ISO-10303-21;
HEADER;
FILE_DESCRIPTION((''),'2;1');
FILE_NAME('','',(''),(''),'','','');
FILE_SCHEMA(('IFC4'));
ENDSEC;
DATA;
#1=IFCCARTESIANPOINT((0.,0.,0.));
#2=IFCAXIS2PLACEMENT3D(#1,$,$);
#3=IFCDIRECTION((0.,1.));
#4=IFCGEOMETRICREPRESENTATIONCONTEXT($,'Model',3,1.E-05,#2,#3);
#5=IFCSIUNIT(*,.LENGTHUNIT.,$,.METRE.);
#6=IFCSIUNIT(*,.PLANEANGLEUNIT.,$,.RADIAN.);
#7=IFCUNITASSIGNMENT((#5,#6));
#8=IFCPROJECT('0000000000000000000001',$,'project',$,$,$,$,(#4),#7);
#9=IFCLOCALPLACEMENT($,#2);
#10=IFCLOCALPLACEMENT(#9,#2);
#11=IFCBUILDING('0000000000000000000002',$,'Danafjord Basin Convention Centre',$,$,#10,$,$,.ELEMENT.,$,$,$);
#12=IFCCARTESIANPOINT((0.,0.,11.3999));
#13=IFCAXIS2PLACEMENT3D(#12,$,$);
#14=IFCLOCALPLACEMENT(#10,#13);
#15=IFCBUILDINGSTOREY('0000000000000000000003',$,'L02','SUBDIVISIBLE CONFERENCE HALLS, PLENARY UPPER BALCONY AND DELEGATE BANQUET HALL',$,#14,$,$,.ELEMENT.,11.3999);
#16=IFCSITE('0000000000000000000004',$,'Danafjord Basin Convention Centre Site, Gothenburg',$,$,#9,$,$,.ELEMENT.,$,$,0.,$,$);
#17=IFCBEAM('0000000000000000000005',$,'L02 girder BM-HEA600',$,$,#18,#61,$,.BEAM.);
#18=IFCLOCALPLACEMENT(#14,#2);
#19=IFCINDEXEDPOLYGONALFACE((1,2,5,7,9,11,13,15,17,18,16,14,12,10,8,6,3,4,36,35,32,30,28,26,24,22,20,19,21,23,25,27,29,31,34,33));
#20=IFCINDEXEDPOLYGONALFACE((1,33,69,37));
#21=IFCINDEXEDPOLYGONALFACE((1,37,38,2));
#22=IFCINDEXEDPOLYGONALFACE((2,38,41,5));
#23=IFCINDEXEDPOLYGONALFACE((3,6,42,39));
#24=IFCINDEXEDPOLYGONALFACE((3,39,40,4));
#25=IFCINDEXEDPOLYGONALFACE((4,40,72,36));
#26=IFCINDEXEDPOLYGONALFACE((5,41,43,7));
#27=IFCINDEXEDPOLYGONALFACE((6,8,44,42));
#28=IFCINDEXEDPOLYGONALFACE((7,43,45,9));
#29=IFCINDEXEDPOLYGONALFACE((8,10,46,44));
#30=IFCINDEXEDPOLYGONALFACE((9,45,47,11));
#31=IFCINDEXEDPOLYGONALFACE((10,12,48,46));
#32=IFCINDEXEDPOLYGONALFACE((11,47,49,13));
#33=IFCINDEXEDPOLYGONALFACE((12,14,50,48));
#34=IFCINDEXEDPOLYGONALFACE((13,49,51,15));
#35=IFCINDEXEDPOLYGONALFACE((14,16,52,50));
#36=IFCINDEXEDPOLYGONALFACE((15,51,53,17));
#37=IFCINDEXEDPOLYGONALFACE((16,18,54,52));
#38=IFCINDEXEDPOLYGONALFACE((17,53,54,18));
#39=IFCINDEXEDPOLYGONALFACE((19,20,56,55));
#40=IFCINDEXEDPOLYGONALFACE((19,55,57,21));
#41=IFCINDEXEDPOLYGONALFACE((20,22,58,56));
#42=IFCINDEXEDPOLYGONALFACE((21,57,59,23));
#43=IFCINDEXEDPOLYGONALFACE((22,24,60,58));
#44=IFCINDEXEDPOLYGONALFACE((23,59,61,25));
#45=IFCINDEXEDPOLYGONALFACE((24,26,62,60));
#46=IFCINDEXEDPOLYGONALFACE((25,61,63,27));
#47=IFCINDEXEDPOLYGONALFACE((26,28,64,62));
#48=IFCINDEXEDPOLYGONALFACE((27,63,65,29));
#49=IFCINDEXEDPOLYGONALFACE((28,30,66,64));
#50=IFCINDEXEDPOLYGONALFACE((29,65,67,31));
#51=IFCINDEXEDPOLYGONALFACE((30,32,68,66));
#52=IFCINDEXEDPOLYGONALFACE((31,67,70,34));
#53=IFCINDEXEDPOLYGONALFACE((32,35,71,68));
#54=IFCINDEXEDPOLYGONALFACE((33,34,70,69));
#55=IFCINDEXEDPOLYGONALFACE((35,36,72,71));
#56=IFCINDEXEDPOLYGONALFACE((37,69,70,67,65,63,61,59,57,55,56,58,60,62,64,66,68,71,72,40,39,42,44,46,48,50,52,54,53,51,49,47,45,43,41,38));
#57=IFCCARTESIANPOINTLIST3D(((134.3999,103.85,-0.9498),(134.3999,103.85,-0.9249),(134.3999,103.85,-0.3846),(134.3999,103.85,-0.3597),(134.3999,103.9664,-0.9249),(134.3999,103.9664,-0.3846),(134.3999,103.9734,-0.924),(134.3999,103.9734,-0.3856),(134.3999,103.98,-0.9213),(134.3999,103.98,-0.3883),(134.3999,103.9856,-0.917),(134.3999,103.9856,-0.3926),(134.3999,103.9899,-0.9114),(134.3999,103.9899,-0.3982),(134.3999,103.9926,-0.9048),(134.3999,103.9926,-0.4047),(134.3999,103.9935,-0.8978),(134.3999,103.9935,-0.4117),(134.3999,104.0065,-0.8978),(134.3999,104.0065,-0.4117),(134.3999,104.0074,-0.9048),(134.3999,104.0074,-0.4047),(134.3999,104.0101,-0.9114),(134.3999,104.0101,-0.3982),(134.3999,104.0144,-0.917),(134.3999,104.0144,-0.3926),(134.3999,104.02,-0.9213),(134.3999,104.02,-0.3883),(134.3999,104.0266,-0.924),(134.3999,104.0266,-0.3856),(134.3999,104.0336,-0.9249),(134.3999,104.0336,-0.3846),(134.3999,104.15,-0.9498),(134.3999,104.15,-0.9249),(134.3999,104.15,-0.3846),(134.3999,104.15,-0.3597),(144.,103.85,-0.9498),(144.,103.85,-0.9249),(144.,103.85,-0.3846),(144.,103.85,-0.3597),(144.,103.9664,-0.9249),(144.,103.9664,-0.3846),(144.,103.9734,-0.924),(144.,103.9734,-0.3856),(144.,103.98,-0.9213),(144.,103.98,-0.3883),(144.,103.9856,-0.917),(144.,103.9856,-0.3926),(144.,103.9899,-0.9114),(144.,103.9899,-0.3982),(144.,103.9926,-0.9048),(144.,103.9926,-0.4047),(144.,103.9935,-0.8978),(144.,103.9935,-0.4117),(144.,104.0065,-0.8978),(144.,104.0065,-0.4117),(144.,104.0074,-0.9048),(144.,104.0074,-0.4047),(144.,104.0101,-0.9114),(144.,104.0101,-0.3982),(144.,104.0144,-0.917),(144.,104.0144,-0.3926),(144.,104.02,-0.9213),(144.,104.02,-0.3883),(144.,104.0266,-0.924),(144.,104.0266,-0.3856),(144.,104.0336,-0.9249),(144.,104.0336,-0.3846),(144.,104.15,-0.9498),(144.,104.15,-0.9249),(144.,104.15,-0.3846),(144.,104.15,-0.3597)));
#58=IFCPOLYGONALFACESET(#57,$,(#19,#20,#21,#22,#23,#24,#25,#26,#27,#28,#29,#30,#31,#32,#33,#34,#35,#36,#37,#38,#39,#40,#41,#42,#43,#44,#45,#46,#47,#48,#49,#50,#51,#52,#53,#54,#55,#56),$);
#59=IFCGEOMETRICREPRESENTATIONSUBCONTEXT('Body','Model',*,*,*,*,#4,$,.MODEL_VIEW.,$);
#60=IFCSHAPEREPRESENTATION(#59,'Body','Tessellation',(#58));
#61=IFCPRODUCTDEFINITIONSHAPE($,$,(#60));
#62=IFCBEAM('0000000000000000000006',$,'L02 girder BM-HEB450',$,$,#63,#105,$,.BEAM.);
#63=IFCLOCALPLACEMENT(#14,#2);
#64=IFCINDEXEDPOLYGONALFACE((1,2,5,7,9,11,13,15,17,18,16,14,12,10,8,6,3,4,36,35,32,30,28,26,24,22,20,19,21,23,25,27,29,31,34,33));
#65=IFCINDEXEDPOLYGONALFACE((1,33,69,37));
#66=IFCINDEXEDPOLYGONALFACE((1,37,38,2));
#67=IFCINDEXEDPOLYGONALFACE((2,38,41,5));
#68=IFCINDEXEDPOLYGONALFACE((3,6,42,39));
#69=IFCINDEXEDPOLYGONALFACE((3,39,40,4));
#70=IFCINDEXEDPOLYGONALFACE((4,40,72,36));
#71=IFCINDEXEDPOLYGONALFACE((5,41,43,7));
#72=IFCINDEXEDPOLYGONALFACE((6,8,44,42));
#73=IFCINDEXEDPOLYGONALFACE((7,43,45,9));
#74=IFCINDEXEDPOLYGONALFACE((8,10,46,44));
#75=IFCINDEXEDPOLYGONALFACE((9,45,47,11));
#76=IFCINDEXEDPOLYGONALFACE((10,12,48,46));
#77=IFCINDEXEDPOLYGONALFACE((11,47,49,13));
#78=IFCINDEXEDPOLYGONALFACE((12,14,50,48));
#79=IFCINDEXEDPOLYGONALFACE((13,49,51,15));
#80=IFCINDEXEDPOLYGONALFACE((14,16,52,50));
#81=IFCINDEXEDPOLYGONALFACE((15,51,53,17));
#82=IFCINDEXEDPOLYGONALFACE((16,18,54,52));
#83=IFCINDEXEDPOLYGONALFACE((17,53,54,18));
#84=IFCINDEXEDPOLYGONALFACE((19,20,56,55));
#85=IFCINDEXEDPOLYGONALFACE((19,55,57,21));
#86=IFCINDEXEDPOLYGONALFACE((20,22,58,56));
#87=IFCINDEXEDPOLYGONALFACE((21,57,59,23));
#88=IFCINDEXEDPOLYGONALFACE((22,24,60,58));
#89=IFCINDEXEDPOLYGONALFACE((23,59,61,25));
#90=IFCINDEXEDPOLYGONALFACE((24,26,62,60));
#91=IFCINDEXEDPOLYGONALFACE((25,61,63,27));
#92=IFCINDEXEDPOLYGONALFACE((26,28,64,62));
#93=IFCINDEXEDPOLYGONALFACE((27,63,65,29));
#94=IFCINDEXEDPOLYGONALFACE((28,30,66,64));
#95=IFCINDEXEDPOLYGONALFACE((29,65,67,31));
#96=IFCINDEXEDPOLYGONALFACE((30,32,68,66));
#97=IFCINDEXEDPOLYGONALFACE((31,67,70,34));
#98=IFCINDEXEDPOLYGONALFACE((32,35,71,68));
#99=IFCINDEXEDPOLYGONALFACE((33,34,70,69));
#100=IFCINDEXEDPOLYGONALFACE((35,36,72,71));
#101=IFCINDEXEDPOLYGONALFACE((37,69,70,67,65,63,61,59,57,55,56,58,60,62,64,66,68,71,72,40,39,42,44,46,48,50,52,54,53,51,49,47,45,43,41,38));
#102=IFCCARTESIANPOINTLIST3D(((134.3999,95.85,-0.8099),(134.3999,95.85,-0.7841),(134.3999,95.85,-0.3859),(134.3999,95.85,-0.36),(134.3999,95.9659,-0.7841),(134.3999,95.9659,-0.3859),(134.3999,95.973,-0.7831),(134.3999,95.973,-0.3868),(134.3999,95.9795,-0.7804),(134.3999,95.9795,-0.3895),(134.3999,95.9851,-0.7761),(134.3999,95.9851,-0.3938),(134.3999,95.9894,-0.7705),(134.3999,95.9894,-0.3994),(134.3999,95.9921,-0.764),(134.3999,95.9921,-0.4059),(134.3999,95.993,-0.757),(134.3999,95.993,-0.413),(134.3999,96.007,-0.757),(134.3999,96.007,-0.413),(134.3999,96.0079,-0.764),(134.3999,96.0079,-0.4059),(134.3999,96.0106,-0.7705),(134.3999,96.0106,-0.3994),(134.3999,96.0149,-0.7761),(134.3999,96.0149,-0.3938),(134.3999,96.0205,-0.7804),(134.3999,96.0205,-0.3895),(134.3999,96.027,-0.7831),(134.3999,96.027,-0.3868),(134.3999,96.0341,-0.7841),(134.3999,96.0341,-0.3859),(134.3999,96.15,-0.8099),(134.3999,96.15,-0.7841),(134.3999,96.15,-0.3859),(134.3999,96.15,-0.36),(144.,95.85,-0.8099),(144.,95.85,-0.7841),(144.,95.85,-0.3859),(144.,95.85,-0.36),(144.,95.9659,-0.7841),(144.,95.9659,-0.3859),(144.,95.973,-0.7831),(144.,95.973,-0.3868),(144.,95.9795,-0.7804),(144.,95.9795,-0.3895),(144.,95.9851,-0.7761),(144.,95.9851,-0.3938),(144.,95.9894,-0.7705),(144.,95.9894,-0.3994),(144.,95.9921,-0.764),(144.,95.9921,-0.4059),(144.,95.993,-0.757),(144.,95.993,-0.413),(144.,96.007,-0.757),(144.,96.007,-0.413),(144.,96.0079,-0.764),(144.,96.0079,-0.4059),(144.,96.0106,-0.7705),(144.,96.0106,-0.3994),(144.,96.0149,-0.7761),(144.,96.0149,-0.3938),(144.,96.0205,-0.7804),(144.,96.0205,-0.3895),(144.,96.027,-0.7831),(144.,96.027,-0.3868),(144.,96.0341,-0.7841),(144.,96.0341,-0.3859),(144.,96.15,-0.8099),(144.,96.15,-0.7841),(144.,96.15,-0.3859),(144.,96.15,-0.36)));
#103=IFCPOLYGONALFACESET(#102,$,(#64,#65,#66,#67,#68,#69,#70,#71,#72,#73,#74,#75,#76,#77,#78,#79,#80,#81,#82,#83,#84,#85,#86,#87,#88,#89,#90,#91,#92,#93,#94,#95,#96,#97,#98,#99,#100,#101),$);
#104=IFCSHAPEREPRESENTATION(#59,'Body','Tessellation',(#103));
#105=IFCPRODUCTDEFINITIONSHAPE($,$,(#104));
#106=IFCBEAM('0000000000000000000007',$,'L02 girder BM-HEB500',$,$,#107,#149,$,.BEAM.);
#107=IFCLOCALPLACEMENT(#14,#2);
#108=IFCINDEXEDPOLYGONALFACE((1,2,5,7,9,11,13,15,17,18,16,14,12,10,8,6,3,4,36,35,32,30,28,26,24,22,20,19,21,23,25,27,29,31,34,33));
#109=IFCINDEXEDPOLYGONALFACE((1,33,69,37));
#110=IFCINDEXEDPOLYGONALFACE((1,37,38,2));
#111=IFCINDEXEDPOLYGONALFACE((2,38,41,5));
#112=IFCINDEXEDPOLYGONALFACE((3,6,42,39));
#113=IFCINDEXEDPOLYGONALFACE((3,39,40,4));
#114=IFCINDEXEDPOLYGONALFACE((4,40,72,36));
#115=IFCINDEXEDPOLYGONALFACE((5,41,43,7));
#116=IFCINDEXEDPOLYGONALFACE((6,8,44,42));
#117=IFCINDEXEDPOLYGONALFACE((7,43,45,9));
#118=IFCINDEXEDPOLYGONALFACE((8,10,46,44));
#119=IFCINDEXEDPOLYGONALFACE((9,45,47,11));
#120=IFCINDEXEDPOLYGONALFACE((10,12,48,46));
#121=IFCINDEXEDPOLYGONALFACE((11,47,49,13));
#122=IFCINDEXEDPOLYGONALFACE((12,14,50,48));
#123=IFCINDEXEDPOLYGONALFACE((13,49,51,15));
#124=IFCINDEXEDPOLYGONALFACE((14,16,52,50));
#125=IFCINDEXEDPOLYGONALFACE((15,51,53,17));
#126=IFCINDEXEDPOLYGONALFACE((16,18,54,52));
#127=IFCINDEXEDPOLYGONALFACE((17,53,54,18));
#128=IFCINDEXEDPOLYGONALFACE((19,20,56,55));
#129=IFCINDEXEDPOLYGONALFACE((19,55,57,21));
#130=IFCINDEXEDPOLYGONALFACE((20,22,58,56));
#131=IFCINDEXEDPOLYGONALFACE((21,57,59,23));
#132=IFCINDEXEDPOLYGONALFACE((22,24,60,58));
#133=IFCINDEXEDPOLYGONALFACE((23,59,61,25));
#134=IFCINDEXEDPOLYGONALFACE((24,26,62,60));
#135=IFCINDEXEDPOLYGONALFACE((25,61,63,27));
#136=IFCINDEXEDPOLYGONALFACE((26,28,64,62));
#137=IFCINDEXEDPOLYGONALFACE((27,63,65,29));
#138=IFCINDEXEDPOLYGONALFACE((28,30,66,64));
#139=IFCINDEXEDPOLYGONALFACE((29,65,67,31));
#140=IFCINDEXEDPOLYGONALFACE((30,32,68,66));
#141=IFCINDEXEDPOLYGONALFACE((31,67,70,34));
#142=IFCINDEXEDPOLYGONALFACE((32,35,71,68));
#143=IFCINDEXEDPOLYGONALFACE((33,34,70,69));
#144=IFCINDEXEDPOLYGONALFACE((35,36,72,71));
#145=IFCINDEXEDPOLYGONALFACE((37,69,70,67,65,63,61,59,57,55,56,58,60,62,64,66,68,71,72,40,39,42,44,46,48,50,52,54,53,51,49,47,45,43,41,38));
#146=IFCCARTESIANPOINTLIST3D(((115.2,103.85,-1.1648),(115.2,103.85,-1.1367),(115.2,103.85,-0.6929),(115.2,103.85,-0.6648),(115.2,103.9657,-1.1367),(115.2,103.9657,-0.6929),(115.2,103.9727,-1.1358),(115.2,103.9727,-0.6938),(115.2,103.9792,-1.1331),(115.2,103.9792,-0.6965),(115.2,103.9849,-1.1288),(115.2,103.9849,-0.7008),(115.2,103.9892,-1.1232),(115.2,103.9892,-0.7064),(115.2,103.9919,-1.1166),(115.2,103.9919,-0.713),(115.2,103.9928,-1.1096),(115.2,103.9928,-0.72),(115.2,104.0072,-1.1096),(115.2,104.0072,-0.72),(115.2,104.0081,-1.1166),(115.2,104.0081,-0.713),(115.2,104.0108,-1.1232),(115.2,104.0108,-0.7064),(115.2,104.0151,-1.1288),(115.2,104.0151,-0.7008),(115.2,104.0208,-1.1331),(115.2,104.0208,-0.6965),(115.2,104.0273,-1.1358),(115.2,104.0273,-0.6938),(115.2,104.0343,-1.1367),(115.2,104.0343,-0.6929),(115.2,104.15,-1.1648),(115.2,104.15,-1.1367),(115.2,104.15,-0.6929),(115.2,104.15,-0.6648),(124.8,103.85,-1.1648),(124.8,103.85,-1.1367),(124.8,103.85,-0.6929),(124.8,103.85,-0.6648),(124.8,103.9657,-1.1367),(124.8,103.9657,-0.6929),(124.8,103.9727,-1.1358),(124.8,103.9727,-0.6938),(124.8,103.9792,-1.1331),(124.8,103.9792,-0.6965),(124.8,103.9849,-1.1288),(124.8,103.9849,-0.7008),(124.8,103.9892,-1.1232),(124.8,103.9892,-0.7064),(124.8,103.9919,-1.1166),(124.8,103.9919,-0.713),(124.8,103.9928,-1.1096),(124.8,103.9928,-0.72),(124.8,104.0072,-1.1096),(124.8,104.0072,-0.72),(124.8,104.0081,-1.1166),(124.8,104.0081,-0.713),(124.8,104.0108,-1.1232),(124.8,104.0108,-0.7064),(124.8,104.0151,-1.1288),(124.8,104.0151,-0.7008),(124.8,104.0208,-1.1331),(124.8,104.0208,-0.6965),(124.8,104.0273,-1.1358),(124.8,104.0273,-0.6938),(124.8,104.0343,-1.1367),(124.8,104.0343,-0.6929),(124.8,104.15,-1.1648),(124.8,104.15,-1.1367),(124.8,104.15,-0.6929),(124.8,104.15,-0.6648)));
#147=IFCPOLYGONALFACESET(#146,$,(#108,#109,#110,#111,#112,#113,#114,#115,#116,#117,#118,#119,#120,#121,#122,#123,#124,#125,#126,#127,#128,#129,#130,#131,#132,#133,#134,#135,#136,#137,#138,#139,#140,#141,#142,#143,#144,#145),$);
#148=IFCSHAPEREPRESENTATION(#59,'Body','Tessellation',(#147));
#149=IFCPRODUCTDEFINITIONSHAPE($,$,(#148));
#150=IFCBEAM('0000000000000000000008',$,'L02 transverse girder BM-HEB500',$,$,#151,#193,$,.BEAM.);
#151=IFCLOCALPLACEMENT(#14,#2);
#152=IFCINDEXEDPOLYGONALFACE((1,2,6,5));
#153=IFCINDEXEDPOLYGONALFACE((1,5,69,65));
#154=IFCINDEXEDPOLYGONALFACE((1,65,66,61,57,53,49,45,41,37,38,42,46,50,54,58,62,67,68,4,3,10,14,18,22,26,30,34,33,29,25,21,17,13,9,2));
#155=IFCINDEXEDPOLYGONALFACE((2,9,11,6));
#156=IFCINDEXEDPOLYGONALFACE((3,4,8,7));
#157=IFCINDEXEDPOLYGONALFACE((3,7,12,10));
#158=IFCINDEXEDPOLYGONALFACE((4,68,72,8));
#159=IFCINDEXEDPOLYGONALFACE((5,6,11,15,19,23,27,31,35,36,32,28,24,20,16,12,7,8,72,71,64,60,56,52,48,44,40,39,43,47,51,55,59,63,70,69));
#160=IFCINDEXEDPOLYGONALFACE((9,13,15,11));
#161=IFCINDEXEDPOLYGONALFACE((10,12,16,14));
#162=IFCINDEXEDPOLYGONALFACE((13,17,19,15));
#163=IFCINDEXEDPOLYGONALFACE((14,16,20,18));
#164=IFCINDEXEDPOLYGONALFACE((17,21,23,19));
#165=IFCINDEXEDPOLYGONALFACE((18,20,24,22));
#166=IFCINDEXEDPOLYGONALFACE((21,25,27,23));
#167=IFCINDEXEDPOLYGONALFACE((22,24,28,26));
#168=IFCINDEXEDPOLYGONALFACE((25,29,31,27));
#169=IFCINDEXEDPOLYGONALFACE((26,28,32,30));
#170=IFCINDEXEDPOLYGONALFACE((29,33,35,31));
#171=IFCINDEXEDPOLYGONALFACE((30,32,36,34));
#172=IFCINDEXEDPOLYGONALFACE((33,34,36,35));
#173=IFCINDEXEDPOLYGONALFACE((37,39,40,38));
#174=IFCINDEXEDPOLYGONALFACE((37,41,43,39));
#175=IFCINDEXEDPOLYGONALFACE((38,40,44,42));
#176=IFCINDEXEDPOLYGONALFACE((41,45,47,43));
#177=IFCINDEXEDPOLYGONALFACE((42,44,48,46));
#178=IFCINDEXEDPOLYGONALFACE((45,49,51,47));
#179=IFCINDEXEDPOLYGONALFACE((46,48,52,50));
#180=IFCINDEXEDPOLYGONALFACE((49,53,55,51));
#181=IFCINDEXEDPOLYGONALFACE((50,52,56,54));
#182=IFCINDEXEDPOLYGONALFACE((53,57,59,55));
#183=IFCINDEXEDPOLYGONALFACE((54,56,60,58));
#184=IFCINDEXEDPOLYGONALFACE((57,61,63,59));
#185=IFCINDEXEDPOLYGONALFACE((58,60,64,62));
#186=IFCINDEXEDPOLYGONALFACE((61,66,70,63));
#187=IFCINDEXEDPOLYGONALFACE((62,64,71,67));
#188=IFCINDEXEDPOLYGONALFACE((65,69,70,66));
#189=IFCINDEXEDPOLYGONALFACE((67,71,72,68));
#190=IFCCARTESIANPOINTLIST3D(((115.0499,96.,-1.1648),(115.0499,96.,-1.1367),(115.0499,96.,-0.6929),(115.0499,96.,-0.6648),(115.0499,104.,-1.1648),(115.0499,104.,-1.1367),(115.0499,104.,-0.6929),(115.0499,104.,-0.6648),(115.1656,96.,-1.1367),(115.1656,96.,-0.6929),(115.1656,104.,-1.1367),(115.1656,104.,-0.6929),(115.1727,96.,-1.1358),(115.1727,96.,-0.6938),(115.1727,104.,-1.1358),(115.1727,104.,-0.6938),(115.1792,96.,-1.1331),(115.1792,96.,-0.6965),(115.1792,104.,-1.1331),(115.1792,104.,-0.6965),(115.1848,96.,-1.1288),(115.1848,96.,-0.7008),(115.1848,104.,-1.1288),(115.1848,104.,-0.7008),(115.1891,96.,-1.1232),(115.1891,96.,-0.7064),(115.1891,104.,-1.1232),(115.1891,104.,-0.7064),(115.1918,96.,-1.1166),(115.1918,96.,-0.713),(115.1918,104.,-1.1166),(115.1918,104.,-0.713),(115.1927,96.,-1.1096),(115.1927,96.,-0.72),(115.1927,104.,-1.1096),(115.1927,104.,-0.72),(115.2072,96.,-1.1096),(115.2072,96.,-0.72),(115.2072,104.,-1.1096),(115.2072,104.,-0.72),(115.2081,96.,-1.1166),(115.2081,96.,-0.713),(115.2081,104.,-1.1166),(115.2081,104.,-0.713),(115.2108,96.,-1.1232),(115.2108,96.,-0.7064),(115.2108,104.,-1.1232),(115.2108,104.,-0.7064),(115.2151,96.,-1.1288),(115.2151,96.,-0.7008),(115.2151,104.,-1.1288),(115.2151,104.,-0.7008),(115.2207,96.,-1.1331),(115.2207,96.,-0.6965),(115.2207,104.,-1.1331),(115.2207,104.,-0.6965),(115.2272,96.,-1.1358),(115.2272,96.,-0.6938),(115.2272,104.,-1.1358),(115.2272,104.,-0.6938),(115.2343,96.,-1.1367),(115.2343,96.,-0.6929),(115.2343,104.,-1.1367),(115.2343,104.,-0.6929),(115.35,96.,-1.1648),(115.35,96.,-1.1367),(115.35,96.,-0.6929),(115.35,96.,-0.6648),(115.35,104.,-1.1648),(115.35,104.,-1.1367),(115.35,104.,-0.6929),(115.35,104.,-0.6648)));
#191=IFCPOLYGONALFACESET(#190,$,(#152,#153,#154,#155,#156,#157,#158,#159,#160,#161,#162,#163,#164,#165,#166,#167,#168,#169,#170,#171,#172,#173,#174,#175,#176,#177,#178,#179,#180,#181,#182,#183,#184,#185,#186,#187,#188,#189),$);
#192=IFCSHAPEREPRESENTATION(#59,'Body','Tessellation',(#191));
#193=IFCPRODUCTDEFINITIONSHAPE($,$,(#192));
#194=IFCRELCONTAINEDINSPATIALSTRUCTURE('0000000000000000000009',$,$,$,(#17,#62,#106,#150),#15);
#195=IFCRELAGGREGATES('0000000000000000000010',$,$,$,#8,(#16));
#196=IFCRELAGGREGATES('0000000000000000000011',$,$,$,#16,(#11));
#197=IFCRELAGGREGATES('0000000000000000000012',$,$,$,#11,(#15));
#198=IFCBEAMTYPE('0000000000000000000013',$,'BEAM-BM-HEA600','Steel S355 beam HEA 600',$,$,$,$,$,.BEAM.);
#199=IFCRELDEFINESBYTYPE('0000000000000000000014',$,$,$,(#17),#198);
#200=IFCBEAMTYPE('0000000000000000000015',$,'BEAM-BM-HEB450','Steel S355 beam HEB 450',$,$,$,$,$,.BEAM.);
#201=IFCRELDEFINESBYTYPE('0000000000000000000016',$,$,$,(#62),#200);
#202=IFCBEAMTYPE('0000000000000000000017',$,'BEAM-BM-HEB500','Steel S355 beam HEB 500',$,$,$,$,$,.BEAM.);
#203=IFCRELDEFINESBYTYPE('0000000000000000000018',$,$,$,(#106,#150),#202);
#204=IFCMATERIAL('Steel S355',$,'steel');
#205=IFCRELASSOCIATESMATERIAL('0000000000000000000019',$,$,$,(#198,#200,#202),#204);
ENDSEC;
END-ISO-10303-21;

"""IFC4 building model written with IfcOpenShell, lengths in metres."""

from ifc_helpers import new_model, si_unit, direction, frame, origin, origin_2d, place, context, subcontext, project, spatial, i_section, extrude, material, material_profile, profile_set, type_object, element, save


model = new_model("IFC4")

# Units and contexts
model_context = context("Model", 3, precision=1e-05, world=origin(), true_north=direction((0.0, 1.0)))
body_context = subcontext(model_context, "Body", "Model", "MODEL_VIEW")
ifc_project = project(units=[si_unit("LENGTHUNIT", "METRE"), si_unit("PLANEANGLEUNIT", "RADIAN")], contexts=[model_context])

# Site, building, storey
site_placement = place(None, origin())
site = spatial("IfcSite", under=ifc_project, at=site_placement, Name="Danafjord Basin Convention Centre Site, Gothenburg", CompositionType="ELEMENT", RefElevation=0.0)
building_placement = place(site_placement, origin())
building = spatial("IfcBuilding", under=site, at=building_placement, Name="Danafjord Basin Convention Centre", CompositionType="ELEMENT")
storey_placement = place(building_placement, frame((0.0, 0.0, 11.3999)))
storey = spatial("IfcBuildingStorey", under=building, at=storey_placement, Name="L02", Description="SUBDIVISIBLE CONFERENCE HALLS, PLENARY UPPER BALCONY AND DELEGATE BANQUET HALL", CompositionType="ELEMENT", Elevation=11.3999)

# Shared definitions
ifc_material_1 = material(Name="Steel S355", Category="steel")

# Beams
ifc_material_profile_1 = material_profile(ifc_material_1, i_section(OverallWidth=0.3, OverallDepth=0.5901, WebThickness=0.0129, FlangeThickness=0.0249, FilletRadius=0.0271, at=origin_2d()), Name="HEA 600")
ifc_profile_set_1 = profile_set([ifc_material_profile_1], Name="Steel S355")
beam_type_1 = type_object("IfcBeamType", Name="BEAM-BM-HEA600", Description="Steel S355 beam HEA 600", PredefinedType="BEAM", material=ifc_profile_set_1)
beam_1_placement = place(storey_placement, frame((134.3999, 104.0, -0.6548), z_axis=(1.0, 0.0, 0.0), x_axis=(0.0, 1.0, 0.0)))
element("IfcBeam", 1, at=beam_1_placement, inside=storey, type_object=beam_type_1, Name="L02 girder BM-HEA600", PredefinedType="BEAM", context=body_context, shape_type="SweptSolid", body=[
    extrude(i_section(OverallWidth=0.3, OverallDepth=0.5901, WebThickness=0.0129, FlangeThickness=0.0249, FilletRadius=0.0271, at=origin_2d()), origin(), (0.0, 0.0, 1.0), 9.6001),
])
ifc_material_profile_2 = material_profile(ifc_material_1, i_section(OverallWidth=0.3, OverallDepth=0.45, WebThickness=0.0139, FlangeThickness=0.0259, FilletRadius=0.0271, at=origin_2d()), Name="HEB 450")
ifc_profile_set_2 = profile_set([ifc_material_profile_2], Name="Steel S355")
beam_type_2 = type_object("IfcBeamType", Name="BEAM-BM-HEB450", Description="Steel S355 beam HEB 450", PredefinedType="BEAM", material=ifc_profile_set_2)
beam_2_placement = place(storey_placement, frame((134.3999, 96.0, -0.585), z_axis=(1.0, 0.0, 0.0), x_axis=(0.0, 1.0, 0.0)))
element("IfcBeam", 2, at=beam_2_placement, inside=storey, type_object=beam_type_2, Name="L02 girder BM-HEB450", PredefinedType="BEAM", context=body_context, shape_type="SweptSolid", body=[
    extrude(i_section(OverallWidth=0.3, OverallDepth=0.45, WebThickness=0.0139, FlangeThickness=0.0259, FilletRadius=0.0271, at=origin_2d()), origin(), (0.0, 0.0, 1.0), 9.6001),
])
ifc_material_profile_3 = material_profile(ifc_material_1, i_section(OverallWidth=0.3, OverallDepth=0.5, WebThickness=0.0144, FlangeThickness=0.0281, FilletRadius=0.0271, at=origin_2d()), Name="HEB 500")
ifc_profile_set_3 = profile_set([ifc_material_profile_3], Name="Steel S355")
beam_type_3 = type_object("IfcBeamType", Name="BEAM-BM-HEB500", Description="Steel S355 beam HEB 500", PredefinedType="BEAM", material=ifc_profile_set_3)
beam_3_placement = place(storey_placement, frame((115.2, 104.0, -0.9148), z_axis=(1.0, 0.0, 0.0), x_axis=(0.0, 1.0, 0.0)))
element("IfcBeam", 3, at=beam_3_placement, inside=storey, type_object=beam_type_3, Name="L02 girder BM-HEB500", PredefinedType="BEAM", context=body_context, shape_type="SweptSolid", body=[
    extrude(i_section(OverallWidth=0.3, OverallDepth=0.5, WebThickness=0.0144, FlangeThickness=0.0281, FilletRadius=0.0271, at=origin_2d()), origin(), (0.0, 0.0, 1.0), 9.6001),
])
beam_4_placement = place(storey_placement, frame((115.2, 96.0, -0.9148), z_axis=(0.0, 1.0, 0.0), x_axis=(-1.0, 0.0, 0.0)))
element("IfcBeam", 4, at=beam_4_placement, inside=storey, type_object=beam_type_3, Name="L02 transverse girder BM-HEB500", PredefinedType="BEAM", context=body_context, shape_type="SweptSolid", body=[
    extrude(i_section(OverallWidth=0.3, OverallDepth=0.5, WebThickness=0.0144, FlangeThickness=0.0281, FilletRadius=0.0271, at=origin_2d()), origin(), (0.0, 0.0, 1.0), 8.0),
])

save(model, "model.ifc")
